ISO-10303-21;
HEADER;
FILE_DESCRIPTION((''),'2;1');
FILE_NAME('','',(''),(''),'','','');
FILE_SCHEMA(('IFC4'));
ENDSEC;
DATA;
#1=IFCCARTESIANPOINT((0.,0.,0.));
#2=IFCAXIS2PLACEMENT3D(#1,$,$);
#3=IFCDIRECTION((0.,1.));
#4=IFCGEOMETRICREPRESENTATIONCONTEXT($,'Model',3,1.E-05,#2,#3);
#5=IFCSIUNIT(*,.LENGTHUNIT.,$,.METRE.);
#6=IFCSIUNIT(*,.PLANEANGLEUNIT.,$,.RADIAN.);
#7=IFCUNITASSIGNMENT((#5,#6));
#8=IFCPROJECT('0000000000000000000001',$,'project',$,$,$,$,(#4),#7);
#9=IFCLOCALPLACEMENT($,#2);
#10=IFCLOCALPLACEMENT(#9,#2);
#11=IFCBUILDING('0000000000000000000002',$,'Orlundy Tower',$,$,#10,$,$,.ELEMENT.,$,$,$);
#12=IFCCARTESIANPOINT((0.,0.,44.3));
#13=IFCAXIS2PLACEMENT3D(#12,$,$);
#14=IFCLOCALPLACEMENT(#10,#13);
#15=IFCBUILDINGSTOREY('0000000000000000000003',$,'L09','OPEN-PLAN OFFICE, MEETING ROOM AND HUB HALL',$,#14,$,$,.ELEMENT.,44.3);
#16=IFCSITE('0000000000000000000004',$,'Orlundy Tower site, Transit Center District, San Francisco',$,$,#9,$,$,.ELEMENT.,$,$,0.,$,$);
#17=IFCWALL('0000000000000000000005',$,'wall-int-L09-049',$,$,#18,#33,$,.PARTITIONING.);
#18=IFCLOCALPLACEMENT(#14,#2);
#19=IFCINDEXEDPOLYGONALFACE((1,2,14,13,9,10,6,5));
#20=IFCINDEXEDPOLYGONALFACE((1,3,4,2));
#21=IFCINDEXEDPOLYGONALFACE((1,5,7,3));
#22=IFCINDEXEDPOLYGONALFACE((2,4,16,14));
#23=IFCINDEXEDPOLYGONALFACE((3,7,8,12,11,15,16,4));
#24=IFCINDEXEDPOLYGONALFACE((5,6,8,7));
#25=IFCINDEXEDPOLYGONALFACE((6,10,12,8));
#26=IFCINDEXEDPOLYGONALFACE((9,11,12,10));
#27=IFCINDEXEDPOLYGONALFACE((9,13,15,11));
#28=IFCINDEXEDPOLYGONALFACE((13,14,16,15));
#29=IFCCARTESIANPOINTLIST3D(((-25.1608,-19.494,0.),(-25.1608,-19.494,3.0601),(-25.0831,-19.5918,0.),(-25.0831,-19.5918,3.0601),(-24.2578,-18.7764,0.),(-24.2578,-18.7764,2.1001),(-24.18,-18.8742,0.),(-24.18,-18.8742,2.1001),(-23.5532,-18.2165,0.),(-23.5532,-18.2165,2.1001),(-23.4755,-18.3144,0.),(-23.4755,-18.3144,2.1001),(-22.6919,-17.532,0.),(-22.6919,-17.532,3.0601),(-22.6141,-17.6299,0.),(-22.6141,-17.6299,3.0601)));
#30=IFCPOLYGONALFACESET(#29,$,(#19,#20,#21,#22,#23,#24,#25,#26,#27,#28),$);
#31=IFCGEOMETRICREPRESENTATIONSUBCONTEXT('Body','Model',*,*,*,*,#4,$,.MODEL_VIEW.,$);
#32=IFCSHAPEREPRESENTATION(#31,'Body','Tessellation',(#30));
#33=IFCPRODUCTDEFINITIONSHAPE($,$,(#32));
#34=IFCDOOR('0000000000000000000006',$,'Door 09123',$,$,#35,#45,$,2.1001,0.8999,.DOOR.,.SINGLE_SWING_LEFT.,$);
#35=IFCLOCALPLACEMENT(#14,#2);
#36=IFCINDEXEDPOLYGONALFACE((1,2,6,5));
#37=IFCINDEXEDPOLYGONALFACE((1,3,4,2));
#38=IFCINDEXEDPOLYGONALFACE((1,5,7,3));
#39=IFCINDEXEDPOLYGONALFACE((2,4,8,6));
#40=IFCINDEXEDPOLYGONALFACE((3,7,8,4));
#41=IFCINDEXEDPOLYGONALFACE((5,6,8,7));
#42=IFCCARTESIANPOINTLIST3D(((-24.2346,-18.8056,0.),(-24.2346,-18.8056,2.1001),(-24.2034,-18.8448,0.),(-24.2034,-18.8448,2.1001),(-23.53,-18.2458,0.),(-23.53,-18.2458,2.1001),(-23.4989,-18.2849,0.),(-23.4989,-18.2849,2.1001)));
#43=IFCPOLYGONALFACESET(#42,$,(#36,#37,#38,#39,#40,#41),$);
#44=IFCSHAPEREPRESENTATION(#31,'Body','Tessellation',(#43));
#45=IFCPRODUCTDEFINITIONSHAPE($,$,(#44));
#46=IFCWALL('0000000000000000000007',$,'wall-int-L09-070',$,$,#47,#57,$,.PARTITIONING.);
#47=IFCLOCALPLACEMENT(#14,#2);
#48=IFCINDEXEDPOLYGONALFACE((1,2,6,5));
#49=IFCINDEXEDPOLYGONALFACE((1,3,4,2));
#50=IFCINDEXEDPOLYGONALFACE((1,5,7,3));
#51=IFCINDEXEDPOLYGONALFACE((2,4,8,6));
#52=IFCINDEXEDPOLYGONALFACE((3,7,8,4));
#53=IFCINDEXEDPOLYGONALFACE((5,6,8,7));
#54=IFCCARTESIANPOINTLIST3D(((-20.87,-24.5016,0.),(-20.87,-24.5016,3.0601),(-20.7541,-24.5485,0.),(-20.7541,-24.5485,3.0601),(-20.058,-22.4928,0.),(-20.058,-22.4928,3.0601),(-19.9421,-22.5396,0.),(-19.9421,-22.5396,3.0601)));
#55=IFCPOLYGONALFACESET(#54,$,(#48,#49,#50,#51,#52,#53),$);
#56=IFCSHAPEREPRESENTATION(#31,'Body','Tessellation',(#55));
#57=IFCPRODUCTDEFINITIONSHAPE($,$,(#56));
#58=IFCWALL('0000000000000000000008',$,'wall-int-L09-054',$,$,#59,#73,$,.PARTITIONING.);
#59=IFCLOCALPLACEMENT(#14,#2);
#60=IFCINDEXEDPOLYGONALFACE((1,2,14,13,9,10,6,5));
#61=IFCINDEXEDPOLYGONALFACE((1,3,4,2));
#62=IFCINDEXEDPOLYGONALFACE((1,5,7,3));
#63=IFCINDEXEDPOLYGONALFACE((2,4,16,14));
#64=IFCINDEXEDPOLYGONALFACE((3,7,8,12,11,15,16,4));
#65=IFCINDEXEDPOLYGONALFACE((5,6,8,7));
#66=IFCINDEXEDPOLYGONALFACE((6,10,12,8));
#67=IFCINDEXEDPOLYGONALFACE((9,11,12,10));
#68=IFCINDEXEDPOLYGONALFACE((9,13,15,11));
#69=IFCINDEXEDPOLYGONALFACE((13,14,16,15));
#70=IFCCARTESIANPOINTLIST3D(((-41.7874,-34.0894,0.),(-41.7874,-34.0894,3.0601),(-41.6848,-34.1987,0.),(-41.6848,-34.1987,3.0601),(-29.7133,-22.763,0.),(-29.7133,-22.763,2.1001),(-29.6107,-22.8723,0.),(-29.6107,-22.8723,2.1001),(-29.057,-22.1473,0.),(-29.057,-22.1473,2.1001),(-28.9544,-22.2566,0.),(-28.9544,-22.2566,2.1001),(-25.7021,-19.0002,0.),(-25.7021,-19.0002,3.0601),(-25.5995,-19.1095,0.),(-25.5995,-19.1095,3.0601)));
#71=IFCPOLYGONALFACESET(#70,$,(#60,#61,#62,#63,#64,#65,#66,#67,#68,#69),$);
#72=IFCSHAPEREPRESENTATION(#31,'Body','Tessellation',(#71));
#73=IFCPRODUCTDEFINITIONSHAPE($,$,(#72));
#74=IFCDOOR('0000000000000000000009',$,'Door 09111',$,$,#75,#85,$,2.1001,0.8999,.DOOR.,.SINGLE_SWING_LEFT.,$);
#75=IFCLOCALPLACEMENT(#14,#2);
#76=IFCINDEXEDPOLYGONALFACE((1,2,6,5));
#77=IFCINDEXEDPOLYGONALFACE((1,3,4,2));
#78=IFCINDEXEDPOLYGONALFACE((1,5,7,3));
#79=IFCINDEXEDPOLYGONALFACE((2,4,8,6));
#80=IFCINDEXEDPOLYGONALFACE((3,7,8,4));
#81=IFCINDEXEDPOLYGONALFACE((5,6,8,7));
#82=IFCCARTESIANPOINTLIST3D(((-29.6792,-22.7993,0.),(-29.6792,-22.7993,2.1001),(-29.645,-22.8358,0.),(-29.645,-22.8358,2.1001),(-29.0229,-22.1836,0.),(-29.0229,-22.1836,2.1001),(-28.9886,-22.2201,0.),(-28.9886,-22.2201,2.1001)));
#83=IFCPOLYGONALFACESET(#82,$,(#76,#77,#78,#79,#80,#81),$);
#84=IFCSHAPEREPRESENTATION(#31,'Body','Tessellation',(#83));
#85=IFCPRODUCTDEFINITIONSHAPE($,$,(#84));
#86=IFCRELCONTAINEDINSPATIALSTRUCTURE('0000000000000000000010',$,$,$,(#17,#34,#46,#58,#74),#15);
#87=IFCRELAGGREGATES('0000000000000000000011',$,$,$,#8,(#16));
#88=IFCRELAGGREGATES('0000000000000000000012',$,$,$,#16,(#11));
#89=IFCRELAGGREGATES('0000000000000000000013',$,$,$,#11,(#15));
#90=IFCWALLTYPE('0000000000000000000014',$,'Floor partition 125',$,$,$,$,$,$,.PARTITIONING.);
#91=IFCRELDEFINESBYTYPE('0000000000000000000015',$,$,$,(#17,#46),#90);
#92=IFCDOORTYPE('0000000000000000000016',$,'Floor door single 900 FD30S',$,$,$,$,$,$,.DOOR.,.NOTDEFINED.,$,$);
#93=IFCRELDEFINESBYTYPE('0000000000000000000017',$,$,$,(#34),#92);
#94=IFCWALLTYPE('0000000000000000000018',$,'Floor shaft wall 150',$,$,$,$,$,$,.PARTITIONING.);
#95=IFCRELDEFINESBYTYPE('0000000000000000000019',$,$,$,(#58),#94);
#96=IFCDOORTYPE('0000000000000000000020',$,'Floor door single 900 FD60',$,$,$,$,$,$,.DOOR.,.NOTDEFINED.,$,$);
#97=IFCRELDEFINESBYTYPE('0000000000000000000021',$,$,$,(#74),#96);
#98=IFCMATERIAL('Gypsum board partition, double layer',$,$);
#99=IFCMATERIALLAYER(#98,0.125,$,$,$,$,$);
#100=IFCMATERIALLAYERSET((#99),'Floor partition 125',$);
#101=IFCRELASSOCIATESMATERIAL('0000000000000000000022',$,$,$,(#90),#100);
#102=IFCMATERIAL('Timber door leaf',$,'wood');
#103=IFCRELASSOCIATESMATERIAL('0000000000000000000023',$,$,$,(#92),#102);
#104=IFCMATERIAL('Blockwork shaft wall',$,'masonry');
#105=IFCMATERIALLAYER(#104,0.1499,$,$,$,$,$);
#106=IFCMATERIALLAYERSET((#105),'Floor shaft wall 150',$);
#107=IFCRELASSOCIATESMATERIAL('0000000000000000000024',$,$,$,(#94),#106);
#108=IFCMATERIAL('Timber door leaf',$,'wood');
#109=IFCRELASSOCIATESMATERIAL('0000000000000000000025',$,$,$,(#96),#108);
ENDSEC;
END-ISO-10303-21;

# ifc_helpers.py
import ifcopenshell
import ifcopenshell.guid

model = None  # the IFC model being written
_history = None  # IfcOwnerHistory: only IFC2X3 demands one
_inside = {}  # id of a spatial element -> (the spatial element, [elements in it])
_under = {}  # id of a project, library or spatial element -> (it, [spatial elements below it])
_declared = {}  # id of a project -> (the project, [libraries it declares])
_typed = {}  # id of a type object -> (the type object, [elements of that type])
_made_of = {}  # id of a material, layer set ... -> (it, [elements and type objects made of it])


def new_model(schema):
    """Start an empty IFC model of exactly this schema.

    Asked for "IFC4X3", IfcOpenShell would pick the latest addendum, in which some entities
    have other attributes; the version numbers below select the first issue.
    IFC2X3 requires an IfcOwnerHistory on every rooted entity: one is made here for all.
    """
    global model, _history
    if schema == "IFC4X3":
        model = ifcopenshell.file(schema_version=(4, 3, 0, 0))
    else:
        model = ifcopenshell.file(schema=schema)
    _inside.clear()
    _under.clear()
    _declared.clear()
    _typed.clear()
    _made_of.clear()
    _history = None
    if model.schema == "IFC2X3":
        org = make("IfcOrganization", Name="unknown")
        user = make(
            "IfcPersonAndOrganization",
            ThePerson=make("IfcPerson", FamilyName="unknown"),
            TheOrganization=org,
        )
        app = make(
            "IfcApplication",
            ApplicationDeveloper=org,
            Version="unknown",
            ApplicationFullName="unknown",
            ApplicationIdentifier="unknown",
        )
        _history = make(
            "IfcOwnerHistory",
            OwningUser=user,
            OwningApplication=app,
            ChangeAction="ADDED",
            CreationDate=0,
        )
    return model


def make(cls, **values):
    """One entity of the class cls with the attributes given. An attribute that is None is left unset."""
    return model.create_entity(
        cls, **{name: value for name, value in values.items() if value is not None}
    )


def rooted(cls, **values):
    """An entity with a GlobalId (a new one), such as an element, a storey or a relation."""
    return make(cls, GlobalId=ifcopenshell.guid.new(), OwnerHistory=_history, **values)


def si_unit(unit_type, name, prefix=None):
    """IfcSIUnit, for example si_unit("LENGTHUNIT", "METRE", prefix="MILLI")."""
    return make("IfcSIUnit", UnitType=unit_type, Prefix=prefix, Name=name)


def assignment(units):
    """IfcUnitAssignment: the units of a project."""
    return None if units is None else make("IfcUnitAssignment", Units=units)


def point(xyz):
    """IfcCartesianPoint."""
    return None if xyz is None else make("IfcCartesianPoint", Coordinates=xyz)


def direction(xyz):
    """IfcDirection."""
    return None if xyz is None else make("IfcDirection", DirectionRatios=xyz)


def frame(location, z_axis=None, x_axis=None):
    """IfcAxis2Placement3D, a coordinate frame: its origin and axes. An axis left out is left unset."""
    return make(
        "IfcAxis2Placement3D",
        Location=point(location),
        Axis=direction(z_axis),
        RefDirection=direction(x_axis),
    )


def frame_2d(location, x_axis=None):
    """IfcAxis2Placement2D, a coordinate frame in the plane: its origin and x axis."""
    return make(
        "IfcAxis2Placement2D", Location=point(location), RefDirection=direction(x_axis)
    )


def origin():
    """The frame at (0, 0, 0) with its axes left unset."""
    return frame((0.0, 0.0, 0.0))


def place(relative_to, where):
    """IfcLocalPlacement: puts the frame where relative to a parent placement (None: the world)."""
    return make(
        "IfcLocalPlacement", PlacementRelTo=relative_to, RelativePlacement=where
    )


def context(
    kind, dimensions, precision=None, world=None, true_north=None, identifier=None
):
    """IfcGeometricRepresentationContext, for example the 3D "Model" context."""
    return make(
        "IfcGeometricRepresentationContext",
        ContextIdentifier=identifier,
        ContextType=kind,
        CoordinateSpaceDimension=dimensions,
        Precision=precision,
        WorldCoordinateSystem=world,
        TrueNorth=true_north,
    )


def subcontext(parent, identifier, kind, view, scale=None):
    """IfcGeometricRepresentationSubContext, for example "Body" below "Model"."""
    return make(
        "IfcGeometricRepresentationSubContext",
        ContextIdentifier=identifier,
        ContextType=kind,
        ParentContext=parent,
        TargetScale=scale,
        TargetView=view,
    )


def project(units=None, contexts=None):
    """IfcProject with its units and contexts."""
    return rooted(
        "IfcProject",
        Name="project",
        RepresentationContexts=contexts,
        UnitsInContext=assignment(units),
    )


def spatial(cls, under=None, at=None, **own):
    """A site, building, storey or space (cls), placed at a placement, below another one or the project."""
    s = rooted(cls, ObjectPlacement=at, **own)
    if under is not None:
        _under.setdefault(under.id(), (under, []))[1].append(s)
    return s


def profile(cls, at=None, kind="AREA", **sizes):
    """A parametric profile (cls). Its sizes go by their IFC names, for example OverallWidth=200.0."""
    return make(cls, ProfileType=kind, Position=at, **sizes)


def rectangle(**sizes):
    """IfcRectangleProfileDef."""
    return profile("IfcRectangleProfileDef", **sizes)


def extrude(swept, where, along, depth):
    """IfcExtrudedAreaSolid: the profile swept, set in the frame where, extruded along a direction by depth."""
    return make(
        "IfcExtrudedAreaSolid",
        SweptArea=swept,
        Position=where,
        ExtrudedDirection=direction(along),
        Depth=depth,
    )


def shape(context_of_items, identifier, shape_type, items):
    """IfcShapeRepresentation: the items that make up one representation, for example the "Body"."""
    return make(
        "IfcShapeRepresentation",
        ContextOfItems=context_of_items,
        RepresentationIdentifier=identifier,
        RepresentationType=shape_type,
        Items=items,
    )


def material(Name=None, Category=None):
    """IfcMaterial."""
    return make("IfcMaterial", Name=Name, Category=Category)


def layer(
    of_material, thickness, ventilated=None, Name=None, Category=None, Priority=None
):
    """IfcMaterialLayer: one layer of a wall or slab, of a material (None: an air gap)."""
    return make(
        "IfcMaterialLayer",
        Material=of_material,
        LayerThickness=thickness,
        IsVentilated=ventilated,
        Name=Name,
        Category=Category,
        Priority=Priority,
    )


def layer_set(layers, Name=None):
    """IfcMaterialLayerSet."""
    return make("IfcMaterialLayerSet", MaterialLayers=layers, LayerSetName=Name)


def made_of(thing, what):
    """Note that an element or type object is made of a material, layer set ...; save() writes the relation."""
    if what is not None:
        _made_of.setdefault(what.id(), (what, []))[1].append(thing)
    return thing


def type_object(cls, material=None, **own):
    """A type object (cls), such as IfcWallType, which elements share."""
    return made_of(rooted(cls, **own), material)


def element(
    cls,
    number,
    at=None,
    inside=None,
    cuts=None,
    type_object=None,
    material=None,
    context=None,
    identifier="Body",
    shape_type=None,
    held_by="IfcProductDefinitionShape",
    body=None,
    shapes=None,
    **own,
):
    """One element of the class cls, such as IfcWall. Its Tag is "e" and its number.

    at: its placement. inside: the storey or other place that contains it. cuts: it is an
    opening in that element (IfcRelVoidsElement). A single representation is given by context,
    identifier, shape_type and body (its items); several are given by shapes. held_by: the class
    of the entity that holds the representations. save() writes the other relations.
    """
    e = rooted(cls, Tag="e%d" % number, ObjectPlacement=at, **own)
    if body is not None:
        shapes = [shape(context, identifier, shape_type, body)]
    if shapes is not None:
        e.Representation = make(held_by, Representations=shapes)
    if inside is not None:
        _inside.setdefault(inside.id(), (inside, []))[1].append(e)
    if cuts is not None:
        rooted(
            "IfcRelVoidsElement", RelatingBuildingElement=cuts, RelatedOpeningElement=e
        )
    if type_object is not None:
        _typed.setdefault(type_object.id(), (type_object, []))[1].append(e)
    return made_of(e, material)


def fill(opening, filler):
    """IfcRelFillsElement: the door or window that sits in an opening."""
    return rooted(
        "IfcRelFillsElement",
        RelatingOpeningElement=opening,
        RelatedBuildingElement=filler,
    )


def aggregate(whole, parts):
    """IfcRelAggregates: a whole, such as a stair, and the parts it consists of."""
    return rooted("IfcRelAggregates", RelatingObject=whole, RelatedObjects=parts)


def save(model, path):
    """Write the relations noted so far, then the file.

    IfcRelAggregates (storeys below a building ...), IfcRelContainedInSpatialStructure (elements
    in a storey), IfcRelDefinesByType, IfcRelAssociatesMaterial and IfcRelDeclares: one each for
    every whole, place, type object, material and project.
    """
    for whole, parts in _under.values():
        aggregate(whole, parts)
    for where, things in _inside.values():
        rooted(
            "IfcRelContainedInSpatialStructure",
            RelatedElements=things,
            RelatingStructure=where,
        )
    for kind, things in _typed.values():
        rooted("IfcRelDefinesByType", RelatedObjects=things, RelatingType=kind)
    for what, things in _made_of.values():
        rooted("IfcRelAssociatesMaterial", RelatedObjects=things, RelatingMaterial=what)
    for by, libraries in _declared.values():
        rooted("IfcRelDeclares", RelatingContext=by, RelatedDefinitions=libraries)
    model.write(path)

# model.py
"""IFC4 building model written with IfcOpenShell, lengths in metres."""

from ifc_helpers import new_model, si_unit, direction, frame, frame_2d, origin, place, context, subcontext, project, spatial, rectangle, extrude, material, layer, layer_set, type_object, element, fill, save


model = new_model("IFC4")

# Units and contexts
model_context = context("Model", 3, precision=1e-05, world=origin(), true_north=direction((0.0, 1.0)))
body_context = subcontext(model_context, "Body", "Model", "MODEL_VIEW")
ifc_project = project(units=[si_unit("LENGTHUNIT", "METRE"), si_unit("PLANEANGLEUNIT", "RADIAN")], contexts=[model_context])

# Site, building, storey
site_placement = place(None, origin())
site = spatial("IfcSite", under=ifc_project, at=site_placement, Name="Orlundy Tower site, Transit Center District, San Francisco", CompositionType="ELEMENT", RefElevation=0.0)
building_placement = place(site_placement, origin())
building = spatial("IfcBuilding", under=site, at=building_placement, Name="Orlundy Tower", CompositionType="ELEMENT")
storey_placement = place(building_placement, frame((0.0, 0.0, 44.3)))
storey = spatial("IfcBuildingStorey", under=building, at=storey_placement, Name="L09", Description="OPEN-PLAN OFFICE, MEETING ROOM AND HUB HALL", CompositionType="ELEMENT", Elevation=44.3)

# Shared definitions
ifc_material_1 = material(Name="Gypsum board partition, double layer")
ifc_layer_1 = layer(ifc_material_1, 0.125)
ifc_layer_set_1 = layer_set([ifc_layer_1], Name="Floor partition 125")
wall_type_1 = type_object("IfcWallType", Name="Floor partition 125", PredefinedType="PARTITIONING", material=ifc_layer_set_1)

# Wall, opening, door
ifc_material_2 = material(Name="Timber door leaf", Category="wood")
door_type_1 = type_object("IfcDoorType", Name="Floor door single 900 FD30S", OperationType="NOTDEFINED", PredefinedType="DOOR", material=ifc_material_2)
wall_1_placement = place(storey_placement, frame((-22.6531, -17.5811, 0.0), z_axis=(0.0, 0.0, 1.0), x_axis=(-0.782919, -0.622124, 0.0)))
wall_1 = element("IfcWall", 1, at=wall_1_placement, inside=storey, type_object=wall_type_1, Name="wall-int-L09-049", PredefinedType="PARTITIONING", context=body_context, shape_type="SweptSolid", body=[
    extrude(rectangle(XDim=3.1536, YDim=0.125, at=frame_2d((1.5767, 0.0))), origin(), (0.0, 0.0, 1.0), 3.0601),
])
opening_1_placement = place(wall_1_placement, frame((1.1001, 0.0, 0.0)))
opening_1 = element("IfcOpeningElement", 2, at=opening_1_placement, cuts=wall_1, PredefinedType="OPENING", context=body_context, shape_type="SweptSolid", body=[
    extrude(rectangle(XDim=0.8999, YDim=2.1001, at=frame_2d((0.45, 1.05))), frame((0.0, 0.0725, 0.0), z_axis=(0.0, -1.0, 0.0), x_axis=(1.0, 0.0, 0.0)), (0.0, 0.0, 1.0), 0.145),
])
door_1_placement = place(opening_1_placement, origin())
door_1 = element("IfcDoor", 3, at=door_1_placement, inside=storey, type_object=door_type_1, Name="Door 09123", OperationType="SINGLE_SWING_LEFT", OverallHeight=2.1001, OverallWidth=0.8999, PredefinedType="DOOR", context=body_context, shape_type="SweptSolid", body=[
    extrude(rectangle(XDim=0.8999, YDim=2.1001, at=frame_2d((0.45, 1.05))), frame((0.0, 0.0249, 0.0), z_axis=(0.0, -1.0, 0.0), x_axis=(1.0, 0.0, 0.0)), (0.0, 0.0, 1.0), 0.05),
])
fill(opening_1, door_1)

# Wall
wall_2_placement = place(storey_placement, frame((-20.0, -22.5161, 0.0), z_axis=(0.0, 0.0, 1.0), x_axis=(-0.374769, -0.927118, 0.0)))
element("IfcWall", 4, at=wall_2_placement, inside=storey, type_object=wall_type_1, Name="wall-int-L09-070", PredefinedType="PARTITIONING", context=body_context, shape_type="SweptSolid", body=[
    extrude(rectangle(XDim=2.1667, YDim=0.125, at=frame_2d((1.0835, 0.0))), origin(), (0.0, 0.0, 1.0), 3.0601),
])

# Wall, opening, door
ifc_material_3 = material(Name="Blockwork shaft wall", Category="masonry")
ifc_layer_2 = layer(ifc_material_3, 0.1499)
ifc_layer_set_2 = layer_set([ifc_layer_2], Name="Floor shaft wall 150")
wall_type_2 = type_object("IfcWallType", Name="Floor shaft wall 150", PredefinedType="PARTITIONING", material=ifc_layer_set_2)
wall_3_placement = place(storey_placement, frame((-25.6509, -19.0549, 0.0), z_axis=(0.0, 0.0, 1.0), x_axis=(-0.729328, -0.684164, 0.0)))
wall_3 = element("IfcWall", 5, at=wall_3_placement, inside=storey, type_object=wall_type_2, Name="wall-int-L09-054", PredefinedType="PARTITIONING", context=body_context, shape_type="SweptSolid", body=[
    extrude(rectangle(XDim=22.0549, YDim=0.1499, at=frame_2d((11.0273, 0.0))), origin(), (0.0, 0.0, 1.0), 3.0601),
])
opening_2_placement = place(wall_3_placement, frame((4.5999, 0.0, 0.0)))
opening_2 = element("IfcOpeningElement", 6, at=opening_2_placement, cuts=wall_3, PredefinedType="OPENING", context=body_context, shape_type="SweptSolid", body=[
    extrude(rectangle(XDim=0.8999, YDim=2.1001, at=frame_2d((0.45, 1.05))), frame((0.0, 0.085, 0.0), z_axis=(0.0, -1.0, 0.0), x_axis=(1.0, 0.0, 0.0)), (0.0, 0.0, 1.0), 0.1699),
])
ifc_material_4 = material(Name="Timber door leaf", Category="wood")
door_type_2 = type_object("IfcDoorType", Name="Floor door single 900 FD60", OperationType="NOTDEFINED", PredefinedType="DOOR", material=ifc_material_4)
door_2_placement = place(opening_2_placement, origin())
door_2 = element("IfcDoor", 7, at=door_2_placement, inside=storey, type_object=door_type_2, Name="Door 09111", OperationType="SINGLE_SWING_LEFT", OverallHeight=2.1001, OverallWidth=0.8999, PredefinedType="DOOR", context=body_context, shape_type="SweptSolid", body=[
    extrude(rectangle(XDim=0.8999, YDim=2.1001, at=frame_2d((0.45, 1.05))), frame((0.0, 0.0249, 0.0), z_axis=(0.0, -1.0, 0.0), x_axis=(1.0, 0.0, 0.0)), (0.0, 0.0, 1.0), 0.05),
])
fill(opening_2, door_2)

save(model, "model.ifc")
